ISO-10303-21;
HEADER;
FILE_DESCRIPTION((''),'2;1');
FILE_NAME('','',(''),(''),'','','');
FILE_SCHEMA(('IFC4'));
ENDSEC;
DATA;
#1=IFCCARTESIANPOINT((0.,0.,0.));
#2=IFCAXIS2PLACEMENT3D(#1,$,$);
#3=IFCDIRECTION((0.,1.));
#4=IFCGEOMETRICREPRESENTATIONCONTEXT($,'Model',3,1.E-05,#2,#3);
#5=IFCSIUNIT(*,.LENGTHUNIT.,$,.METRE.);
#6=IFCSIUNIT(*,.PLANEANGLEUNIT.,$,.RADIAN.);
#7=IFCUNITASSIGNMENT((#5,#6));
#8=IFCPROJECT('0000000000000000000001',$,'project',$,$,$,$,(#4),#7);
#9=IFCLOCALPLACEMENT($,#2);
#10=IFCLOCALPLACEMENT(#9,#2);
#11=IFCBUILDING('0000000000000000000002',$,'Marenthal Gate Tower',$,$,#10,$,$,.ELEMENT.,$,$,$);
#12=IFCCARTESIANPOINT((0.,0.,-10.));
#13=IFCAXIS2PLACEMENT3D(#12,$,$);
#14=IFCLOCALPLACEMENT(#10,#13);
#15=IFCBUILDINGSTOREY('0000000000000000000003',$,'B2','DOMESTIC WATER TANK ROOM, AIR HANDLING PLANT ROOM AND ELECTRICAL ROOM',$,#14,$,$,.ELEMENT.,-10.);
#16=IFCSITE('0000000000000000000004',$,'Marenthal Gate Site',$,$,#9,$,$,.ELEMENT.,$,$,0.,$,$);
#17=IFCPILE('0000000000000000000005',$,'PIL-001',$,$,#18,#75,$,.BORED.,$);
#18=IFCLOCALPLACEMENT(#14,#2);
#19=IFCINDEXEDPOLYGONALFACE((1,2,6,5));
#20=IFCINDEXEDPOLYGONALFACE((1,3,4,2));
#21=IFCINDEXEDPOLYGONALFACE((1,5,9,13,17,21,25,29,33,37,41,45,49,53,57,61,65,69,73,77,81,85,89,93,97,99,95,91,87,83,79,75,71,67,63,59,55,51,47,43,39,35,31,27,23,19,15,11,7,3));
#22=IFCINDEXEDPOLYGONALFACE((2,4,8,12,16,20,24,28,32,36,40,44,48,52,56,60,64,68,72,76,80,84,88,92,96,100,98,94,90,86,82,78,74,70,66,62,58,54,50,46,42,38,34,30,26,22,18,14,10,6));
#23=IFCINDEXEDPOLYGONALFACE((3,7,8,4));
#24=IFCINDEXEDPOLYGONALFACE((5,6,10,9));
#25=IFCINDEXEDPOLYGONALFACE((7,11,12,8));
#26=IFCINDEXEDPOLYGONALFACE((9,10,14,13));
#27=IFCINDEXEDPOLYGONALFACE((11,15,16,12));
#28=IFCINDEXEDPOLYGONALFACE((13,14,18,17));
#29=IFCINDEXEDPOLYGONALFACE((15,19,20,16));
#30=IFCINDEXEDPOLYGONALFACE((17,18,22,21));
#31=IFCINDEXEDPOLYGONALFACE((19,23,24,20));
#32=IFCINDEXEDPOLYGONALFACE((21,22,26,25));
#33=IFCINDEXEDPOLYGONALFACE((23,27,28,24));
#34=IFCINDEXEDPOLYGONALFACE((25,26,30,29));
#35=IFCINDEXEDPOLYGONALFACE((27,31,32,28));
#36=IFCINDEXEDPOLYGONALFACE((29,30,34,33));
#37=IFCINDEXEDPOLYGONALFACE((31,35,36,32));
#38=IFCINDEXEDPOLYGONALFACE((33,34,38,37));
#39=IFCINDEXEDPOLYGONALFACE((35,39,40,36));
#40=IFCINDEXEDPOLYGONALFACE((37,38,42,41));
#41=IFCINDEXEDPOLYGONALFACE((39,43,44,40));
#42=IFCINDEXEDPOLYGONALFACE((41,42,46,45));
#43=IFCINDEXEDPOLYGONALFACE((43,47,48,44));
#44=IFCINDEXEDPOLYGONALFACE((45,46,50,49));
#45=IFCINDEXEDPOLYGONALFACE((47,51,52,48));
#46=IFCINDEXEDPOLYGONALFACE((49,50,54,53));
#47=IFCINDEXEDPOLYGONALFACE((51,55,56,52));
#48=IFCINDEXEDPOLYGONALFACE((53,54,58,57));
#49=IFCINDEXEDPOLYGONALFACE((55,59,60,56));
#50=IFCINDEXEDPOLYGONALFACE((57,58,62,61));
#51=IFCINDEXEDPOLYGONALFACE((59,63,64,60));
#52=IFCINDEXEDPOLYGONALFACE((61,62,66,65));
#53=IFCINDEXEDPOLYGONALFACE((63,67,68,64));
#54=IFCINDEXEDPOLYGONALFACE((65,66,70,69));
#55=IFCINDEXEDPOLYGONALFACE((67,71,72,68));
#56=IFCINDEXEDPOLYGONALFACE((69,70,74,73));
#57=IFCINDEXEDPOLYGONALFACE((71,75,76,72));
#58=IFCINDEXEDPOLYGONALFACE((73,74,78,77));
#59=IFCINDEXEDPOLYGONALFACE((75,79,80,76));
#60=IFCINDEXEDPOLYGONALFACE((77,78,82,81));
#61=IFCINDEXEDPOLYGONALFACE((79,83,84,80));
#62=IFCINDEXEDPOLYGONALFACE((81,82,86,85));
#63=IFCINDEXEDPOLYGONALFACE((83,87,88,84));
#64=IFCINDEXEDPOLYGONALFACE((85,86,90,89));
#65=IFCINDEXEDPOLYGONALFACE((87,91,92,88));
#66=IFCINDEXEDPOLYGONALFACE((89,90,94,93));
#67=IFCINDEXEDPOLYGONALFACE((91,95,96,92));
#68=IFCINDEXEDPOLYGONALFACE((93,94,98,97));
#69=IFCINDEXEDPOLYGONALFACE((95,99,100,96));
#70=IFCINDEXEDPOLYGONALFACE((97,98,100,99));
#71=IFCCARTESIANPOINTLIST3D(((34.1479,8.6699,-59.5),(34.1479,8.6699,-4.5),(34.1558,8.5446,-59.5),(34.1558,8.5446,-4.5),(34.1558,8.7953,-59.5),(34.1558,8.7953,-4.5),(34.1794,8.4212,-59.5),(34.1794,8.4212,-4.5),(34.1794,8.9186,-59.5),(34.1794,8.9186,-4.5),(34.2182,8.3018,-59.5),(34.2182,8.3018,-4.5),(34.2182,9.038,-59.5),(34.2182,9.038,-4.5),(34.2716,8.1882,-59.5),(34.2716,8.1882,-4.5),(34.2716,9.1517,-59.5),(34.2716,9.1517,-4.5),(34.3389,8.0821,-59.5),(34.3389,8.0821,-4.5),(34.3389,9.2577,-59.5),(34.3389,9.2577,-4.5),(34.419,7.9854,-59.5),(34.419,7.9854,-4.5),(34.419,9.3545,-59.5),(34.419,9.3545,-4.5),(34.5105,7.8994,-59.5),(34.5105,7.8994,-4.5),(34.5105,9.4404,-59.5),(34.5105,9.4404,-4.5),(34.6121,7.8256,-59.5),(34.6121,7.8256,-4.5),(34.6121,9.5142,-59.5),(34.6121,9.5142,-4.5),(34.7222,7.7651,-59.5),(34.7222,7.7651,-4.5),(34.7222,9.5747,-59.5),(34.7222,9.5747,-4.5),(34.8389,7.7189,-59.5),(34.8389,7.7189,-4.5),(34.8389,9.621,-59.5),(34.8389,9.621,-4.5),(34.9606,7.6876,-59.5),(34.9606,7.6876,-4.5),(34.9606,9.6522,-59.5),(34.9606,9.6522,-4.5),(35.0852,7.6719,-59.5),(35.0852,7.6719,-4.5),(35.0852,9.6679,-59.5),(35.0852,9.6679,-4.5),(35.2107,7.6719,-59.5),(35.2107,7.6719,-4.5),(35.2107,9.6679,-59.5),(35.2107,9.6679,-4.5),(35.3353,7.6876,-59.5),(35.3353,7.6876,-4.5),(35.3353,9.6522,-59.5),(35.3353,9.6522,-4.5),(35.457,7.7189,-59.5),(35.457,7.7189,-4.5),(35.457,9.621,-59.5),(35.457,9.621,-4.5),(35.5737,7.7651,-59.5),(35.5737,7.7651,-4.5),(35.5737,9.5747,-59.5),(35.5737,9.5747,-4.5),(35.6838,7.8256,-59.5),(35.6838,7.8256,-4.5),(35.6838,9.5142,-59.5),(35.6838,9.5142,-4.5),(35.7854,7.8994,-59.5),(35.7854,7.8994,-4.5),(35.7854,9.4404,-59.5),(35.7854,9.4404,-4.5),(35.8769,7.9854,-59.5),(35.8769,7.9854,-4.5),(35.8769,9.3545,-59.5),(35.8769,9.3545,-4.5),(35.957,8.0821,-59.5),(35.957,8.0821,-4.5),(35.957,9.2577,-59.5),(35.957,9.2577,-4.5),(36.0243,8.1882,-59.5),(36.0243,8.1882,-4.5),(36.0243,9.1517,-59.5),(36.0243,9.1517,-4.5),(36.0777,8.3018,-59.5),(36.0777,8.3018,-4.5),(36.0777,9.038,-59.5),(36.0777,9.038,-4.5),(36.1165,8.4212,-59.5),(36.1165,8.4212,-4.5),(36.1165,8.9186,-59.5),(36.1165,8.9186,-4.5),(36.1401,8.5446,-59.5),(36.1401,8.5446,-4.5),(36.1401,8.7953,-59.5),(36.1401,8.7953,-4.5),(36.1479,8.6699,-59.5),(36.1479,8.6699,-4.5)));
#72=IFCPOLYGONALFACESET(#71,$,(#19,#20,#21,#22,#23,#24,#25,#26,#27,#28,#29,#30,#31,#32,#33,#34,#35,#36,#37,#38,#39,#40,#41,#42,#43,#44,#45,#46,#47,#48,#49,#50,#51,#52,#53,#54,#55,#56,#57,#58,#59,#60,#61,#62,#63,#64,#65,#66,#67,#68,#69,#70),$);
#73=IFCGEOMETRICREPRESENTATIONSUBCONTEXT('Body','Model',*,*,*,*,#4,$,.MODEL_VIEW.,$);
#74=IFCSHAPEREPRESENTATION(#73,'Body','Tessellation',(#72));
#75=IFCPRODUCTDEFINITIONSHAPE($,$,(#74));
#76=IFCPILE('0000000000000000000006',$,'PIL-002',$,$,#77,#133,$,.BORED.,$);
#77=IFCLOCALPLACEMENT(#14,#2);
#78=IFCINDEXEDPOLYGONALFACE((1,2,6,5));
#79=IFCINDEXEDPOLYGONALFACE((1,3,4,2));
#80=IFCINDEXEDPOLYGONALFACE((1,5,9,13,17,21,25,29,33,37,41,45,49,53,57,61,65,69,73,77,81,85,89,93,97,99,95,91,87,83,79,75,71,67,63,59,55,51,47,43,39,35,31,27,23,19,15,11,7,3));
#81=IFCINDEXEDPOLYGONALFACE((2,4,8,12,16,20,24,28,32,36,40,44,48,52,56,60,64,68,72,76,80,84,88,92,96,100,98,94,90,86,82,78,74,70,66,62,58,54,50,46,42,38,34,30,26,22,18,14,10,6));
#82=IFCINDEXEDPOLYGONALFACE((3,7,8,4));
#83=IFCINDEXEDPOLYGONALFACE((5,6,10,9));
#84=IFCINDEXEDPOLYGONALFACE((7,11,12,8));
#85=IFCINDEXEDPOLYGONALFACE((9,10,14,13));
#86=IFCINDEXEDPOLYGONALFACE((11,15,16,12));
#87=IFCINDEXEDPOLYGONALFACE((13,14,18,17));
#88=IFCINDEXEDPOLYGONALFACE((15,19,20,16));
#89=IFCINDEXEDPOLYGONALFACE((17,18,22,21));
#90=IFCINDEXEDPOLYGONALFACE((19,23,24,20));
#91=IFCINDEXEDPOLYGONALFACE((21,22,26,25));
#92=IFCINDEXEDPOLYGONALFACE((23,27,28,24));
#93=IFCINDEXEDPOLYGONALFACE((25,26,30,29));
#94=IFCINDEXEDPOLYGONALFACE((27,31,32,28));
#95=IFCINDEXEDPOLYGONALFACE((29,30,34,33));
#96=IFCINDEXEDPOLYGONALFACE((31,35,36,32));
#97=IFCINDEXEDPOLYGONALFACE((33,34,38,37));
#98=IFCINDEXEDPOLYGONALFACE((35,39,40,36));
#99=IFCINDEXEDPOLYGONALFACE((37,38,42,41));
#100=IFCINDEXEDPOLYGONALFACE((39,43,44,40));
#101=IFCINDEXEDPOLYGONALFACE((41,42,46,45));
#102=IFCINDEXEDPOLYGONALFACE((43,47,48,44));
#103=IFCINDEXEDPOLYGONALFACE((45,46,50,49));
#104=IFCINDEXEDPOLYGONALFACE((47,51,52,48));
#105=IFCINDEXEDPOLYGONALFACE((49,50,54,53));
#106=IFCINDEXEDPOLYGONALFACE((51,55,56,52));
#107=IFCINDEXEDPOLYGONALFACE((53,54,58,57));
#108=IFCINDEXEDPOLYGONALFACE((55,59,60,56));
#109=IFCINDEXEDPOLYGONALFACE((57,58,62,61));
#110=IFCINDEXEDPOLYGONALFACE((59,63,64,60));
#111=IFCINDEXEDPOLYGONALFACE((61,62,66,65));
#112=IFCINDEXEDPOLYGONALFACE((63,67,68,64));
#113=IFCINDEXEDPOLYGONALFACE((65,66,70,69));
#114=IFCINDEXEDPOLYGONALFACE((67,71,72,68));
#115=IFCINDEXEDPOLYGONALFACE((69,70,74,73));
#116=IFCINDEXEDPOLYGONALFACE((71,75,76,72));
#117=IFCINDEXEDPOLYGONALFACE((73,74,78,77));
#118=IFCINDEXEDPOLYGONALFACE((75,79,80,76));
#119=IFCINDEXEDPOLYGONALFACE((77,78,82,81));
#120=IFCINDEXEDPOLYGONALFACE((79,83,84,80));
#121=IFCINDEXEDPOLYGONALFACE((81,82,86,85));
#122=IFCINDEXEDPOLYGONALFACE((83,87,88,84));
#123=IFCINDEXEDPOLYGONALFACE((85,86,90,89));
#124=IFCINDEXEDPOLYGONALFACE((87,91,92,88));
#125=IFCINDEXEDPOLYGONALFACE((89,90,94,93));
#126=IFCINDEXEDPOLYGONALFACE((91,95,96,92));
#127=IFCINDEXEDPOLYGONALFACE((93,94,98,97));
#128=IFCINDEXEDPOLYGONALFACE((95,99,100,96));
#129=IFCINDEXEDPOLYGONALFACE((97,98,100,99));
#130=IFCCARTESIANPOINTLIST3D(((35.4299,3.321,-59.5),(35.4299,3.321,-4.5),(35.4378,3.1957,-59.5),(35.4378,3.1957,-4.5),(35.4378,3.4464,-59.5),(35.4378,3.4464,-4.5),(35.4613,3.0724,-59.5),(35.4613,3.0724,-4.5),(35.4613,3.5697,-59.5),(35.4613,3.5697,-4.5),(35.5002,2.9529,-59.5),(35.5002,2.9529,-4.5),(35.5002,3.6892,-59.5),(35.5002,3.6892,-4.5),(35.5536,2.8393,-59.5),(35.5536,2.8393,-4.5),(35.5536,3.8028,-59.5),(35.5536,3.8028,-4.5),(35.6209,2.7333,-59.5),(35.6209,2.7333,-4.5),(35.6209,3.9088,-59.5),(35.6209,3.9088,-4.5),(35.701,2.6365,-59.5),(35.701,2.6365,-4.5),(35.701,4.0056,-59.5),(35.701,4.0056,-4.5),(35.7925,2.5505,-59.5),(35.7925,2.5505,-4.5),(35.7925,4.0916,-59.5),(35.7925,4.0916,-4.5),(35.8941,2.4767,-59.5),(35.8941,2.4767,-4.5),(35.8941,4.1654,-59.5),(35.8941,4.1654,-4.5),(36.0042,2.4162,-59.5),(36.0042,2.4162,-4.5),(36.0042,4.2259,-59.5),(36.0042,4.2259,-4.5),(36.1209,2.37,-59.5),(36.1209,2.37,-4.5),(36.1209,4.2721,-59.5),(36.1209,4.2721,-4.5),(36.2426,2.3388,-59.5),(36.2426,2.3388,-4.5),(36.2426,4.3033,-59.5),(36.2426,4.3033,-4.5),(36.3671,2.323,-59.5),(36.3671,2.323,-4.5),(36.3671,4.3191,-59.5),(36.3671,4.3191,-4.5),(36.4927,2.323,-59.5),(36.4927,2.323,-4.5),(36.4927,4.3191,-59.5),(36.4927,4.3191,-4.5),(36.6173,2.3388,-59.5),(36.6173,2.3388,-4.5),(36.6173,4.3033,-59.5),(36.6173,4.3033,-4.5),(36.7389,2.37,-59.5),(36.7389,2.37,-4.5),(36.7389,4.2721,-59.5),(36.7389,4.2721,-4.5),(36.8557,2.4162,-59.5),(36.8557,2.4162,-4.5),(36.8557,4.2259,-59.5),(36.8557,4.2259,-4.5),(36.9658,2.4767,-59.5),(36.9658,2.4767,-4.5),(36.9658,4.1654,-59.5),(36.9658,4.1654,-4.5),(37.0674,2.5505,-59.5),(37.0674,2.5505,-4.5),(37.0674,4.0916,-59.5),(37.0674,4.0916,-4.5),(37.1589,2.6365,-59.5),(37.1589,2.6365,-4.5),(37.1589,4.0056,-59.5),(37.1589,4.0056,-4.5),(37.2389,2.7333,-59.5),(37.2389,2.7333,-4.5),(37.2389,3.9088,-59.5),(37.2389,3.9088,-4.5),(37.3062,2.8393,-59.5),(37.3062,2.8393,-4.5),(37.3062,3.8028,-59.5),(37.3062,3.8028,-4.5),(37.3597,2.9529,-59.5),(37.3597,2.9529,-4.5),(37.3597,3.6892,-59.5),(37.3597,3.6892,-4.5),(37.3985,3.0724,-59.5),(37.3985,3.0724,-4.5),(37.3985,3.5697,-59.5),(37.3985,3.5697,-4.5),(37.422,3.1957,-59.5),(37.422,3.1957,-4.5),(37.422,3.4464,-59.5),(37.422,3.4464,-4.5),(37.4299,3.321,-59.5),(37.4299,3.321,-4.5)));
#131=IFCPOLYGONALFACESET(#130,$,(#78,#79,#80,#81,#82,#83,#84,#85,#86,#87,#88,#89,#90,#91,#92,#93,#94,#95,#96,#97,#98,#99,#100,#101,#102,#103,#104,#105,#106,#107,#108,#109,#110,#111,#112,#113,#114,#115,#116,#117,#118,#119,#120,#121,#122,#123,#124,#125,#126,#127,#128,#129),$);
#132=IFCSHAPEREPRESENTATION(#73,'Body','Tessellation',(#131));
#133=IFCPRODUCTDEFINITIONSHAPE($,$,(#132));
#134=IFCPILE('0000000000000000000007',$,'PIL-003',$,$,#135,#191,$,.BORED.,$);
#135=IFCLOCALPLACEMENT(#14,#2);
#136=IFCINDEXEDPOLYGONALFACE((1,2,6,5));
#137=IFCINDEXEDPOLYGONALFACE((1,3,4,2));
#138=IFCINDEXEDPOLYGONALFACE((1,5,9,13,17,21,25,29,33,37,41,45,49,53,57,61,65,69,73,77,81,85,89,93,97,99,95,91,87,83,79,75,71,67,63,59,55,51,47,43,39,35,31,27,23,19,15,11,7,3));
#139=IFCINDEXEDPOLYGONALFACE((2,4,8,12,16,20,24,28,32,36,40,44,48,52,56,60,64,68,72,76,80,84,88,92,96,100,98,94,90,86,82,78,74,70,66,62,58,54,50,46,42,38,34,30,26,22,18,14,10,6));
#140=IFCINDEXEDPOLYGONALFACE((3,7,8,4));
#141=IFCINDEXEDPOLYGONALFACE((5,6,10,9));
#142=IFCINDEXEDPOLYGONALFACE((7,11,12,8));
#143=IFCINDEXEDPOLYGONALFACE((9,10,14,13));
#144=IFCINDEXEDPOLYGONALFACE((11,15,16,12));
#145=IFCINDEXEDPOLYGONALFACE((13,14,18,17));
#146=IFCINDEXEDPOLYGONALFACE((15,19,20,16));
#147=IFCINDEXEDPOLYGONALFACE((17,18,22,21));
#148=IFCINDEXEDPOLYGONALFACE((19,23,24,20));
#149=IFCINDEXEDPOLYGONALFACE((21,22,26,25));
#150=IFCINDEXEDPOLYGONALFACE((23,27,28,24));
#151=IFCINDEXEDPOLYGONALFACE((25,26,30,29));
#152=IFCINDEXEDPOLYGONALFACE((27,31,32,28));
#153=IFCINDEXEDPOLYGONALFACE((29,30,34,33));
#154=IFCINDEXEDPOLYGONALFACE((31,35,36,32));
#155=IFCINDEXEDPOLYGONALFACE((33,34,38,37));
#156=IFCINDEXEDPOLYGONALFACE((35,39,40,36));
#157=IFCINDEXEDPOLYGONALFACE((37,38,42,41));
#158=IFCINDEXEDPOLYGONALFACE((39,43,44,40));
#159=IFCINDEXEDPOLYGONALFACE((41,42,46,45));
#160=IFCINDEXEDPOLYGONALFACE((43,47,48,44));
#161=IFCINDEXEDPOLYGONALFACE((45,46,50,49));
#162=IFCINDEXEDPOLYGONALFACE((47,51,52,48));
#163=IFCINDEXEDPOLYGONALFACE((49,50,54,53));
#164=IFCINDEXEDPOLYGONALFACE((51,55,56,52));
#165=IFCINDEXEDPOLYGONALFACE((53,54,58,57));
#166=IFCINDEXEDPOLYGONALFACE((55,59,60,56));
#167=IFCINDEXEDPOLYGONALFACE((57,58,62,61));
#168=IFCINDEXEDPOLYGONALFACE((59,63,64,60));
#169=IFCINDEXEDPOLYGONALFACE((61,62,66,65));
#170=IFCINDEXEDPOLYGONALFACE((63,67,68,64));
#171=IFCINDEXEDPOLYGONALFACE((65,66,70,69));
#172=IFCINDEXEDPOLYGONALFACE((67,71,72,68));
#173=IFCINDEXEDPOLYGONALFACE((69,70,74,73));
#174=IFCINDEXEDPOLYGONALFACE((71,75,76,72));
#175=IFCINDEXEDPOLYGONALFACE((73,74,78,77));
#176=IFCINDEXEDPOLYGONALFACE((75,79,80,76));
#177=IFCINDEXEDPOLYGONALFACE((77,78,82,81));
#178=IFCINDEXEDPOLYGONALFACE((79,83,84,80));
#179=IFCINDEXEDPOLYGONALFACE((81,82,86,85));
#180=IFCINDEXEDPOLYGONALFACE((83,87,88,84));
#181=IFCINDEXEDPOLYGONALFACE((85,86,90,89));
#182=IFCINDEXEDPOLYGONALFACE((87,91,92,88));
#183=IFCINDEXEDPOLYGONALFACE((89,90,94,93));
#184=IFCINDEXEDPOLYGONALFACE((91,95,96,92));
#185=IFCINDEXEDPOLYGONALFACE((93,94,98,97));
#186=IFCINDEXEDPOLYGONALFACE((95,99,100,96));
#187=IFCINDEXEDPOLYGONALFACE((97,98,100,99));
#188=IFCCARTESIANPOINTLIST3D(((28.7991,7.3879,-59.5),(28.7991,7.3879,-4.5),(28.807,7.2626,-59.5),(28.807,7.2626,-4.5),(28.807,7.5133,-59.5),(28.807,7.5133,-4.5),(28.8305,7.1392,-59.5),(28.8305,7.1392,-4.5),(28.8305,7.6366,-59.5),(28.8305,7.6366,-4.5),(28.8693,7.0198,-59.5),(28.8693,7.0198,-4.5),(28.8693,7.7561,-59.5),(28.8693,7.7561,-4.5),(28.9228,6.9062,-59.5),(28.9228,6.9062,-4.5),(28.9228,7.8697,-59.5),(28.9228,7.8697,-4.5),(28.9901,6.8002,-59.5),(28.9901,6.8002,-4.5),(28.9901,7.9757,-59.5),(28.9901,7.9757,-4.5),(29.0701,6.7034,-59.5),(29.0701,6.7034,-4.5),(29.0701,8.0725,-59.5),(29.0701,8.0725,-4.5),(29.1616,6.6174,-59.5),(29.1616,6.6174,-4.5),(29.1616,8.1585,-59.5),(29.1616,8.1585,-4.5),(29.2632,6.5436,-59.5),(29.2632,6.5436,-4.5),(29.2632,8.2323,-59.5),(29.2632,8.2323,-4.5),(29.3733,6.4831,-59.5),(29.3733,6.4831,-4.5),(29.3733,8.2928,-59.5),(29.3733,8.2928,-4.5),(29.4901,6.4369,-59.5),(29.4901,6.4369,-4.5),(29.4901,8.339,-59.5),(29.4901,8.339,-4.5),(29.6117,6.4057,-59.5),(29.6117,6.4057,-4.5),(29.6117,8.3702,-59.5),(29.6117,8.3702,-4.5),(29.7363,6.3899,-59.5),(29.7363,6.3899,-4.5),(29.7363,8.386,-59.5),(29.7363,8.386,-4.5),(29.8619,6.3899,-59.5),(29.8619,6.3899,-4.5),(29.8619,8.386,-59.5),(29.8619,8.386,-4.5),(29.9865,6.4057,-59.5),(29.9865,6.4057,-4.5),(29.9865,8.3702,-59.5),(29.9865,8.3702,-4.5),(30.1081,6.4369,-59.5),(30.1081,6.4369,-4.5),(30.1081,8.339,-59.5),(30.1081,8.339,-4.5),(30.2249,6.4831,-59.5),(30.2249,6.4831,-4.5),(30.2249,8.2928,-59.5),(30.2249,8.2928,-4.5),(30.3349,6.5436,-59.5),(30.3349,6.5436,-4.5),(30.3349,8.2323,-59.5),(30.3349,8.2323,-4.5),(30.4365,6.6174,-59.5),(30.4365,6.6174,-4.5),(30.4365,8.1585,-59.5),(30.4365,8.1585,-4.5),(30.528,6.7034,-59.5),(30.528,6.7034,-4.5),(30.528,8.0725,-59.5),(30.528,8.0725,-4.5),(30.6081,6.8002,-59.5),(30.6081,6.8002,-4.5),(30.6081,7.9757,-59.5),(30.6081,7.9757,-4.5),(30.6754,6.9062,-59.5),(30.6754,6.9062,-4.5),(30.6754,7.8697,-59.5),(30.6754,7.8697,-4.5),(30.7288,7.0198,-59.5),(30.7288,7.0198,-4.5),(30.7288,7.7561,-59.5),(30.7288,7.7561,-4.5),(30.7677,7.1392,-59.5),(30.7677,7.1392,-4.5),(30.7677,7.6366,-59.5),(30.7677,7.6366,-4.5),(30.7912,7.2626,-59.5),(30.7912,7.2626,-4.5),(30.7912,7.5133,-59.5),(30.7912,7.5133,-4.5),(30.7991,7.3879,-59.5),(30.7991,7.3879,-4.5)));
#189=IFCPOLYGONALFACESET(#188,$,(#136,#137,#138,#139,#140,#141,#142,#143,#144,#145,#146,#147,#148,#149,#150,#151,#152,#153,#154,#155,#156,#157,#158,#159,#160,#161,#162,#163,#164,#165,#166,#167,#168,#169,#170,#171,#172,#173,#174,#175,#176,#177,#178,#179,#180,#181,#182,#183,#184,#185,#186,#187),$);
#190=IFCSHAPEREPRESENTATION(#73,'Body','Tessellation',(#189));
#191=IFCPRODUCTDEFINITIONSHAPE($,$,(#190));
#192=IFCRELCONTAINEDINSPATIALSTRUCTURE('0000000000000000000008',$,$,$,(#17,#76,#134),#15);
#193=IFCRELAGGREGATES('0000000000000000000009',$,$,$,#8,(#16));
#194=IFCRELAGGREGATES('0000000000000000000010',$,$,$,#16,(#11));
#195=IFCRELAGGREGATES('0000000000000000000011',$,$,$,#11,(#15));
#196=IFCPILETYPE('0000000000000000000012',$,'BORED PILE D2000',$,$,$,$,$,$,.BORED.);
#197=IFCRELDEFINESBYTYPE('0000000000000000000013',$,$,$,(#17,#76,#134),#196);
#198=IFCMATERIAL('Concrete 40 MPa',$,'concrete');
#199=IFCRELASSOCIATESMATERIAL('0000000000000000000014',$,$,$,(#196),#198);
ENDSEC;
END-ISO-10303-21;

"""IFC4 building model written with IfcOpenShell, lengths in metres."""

from ifc_helpers import new_model, si_unit, direction, frame, origin, origin_2d, place, context, subcontext, project, spatial, circle, extrude, material, type_object, element, save


model = new_model("IFC4")

# Units and contexts
model_context = context("Model", 3, precision=1e-05, world=origin(), true_north=direction((0.0, 1.0)))
body_context = subcontext(model_context, "Body", "Model", "MODEL_VIEW")
ifc_project = project(units=[si_unit("LENGTHUNIT", "METRE"), si_unit("PLANEANGLEUNIT", "RADIAN")], contexts=[model_context])

# Site, building, storey
site_placement = place(None, origin())
site = spatial("IfcSite", under=ifc_project, at=site_placement, Name="Marenthal Gate Site", CompositionType="ELEMENT", RefElevation=0.0)
building_placement = place(site_placement, origin())
building = spatial("IfcBuilding", under=site, at=building_placement, Name="Marenthal Gate Tower", CompositionType="ELEMENT")
storey_placement = place(building_placement, frame((0.0, 0.0, -10.0)))
storey = spatial("IfcBuildingStorey", under=building, at=storey_placement, Name="B2", Description="DOMESTIC WATER TANK ROOM, AIR HANDLING PLANT ROOM AND ELECTRICAL ROOM", CompositionType="ELEMENT", Elevation=-10.0)

# Piles
ifc_material_1 = material(Name="Concrete 40 MPa", Category="concrete")
pile_type = type_object("IfcPileType", Name="BORED PILE D2000", PredefinedType="BORED", material=ifc_material_1)
for number, where, z_axis, x_axis, name in (
    (1, (35.1479, 8.6699, -4.5), (0.0, 0.0, -1.0), (1.0, 0.0, 0.0), "PIL-001"),
    (2, (36.4299, 3.321, -4.5), (0.0, 0.0, -1.0), (1.0, 0.0, 0.0), "PIL-002"),
    (3, (29.7991, 7.3879, -4.5), (0.0, 0.0, -1.0), (1.0, 0.0, 0.0), "PIL-003"),
):
    element("IfcPile", number, at=place(storey_placement, frame(where, z_axis=z_axis, x_axis=x_axis)), inside=storey, type_object=pile_type, Name=name, PredefinedType="BORED", context=body_context, shape_type="SweptSolid", body=[
        extrude(circle(Radius=1.0, at=origin_2d()), origin(), (0.0, 0.0, 1.0), 55.0),
    ])

save(model, "model.ifc")
